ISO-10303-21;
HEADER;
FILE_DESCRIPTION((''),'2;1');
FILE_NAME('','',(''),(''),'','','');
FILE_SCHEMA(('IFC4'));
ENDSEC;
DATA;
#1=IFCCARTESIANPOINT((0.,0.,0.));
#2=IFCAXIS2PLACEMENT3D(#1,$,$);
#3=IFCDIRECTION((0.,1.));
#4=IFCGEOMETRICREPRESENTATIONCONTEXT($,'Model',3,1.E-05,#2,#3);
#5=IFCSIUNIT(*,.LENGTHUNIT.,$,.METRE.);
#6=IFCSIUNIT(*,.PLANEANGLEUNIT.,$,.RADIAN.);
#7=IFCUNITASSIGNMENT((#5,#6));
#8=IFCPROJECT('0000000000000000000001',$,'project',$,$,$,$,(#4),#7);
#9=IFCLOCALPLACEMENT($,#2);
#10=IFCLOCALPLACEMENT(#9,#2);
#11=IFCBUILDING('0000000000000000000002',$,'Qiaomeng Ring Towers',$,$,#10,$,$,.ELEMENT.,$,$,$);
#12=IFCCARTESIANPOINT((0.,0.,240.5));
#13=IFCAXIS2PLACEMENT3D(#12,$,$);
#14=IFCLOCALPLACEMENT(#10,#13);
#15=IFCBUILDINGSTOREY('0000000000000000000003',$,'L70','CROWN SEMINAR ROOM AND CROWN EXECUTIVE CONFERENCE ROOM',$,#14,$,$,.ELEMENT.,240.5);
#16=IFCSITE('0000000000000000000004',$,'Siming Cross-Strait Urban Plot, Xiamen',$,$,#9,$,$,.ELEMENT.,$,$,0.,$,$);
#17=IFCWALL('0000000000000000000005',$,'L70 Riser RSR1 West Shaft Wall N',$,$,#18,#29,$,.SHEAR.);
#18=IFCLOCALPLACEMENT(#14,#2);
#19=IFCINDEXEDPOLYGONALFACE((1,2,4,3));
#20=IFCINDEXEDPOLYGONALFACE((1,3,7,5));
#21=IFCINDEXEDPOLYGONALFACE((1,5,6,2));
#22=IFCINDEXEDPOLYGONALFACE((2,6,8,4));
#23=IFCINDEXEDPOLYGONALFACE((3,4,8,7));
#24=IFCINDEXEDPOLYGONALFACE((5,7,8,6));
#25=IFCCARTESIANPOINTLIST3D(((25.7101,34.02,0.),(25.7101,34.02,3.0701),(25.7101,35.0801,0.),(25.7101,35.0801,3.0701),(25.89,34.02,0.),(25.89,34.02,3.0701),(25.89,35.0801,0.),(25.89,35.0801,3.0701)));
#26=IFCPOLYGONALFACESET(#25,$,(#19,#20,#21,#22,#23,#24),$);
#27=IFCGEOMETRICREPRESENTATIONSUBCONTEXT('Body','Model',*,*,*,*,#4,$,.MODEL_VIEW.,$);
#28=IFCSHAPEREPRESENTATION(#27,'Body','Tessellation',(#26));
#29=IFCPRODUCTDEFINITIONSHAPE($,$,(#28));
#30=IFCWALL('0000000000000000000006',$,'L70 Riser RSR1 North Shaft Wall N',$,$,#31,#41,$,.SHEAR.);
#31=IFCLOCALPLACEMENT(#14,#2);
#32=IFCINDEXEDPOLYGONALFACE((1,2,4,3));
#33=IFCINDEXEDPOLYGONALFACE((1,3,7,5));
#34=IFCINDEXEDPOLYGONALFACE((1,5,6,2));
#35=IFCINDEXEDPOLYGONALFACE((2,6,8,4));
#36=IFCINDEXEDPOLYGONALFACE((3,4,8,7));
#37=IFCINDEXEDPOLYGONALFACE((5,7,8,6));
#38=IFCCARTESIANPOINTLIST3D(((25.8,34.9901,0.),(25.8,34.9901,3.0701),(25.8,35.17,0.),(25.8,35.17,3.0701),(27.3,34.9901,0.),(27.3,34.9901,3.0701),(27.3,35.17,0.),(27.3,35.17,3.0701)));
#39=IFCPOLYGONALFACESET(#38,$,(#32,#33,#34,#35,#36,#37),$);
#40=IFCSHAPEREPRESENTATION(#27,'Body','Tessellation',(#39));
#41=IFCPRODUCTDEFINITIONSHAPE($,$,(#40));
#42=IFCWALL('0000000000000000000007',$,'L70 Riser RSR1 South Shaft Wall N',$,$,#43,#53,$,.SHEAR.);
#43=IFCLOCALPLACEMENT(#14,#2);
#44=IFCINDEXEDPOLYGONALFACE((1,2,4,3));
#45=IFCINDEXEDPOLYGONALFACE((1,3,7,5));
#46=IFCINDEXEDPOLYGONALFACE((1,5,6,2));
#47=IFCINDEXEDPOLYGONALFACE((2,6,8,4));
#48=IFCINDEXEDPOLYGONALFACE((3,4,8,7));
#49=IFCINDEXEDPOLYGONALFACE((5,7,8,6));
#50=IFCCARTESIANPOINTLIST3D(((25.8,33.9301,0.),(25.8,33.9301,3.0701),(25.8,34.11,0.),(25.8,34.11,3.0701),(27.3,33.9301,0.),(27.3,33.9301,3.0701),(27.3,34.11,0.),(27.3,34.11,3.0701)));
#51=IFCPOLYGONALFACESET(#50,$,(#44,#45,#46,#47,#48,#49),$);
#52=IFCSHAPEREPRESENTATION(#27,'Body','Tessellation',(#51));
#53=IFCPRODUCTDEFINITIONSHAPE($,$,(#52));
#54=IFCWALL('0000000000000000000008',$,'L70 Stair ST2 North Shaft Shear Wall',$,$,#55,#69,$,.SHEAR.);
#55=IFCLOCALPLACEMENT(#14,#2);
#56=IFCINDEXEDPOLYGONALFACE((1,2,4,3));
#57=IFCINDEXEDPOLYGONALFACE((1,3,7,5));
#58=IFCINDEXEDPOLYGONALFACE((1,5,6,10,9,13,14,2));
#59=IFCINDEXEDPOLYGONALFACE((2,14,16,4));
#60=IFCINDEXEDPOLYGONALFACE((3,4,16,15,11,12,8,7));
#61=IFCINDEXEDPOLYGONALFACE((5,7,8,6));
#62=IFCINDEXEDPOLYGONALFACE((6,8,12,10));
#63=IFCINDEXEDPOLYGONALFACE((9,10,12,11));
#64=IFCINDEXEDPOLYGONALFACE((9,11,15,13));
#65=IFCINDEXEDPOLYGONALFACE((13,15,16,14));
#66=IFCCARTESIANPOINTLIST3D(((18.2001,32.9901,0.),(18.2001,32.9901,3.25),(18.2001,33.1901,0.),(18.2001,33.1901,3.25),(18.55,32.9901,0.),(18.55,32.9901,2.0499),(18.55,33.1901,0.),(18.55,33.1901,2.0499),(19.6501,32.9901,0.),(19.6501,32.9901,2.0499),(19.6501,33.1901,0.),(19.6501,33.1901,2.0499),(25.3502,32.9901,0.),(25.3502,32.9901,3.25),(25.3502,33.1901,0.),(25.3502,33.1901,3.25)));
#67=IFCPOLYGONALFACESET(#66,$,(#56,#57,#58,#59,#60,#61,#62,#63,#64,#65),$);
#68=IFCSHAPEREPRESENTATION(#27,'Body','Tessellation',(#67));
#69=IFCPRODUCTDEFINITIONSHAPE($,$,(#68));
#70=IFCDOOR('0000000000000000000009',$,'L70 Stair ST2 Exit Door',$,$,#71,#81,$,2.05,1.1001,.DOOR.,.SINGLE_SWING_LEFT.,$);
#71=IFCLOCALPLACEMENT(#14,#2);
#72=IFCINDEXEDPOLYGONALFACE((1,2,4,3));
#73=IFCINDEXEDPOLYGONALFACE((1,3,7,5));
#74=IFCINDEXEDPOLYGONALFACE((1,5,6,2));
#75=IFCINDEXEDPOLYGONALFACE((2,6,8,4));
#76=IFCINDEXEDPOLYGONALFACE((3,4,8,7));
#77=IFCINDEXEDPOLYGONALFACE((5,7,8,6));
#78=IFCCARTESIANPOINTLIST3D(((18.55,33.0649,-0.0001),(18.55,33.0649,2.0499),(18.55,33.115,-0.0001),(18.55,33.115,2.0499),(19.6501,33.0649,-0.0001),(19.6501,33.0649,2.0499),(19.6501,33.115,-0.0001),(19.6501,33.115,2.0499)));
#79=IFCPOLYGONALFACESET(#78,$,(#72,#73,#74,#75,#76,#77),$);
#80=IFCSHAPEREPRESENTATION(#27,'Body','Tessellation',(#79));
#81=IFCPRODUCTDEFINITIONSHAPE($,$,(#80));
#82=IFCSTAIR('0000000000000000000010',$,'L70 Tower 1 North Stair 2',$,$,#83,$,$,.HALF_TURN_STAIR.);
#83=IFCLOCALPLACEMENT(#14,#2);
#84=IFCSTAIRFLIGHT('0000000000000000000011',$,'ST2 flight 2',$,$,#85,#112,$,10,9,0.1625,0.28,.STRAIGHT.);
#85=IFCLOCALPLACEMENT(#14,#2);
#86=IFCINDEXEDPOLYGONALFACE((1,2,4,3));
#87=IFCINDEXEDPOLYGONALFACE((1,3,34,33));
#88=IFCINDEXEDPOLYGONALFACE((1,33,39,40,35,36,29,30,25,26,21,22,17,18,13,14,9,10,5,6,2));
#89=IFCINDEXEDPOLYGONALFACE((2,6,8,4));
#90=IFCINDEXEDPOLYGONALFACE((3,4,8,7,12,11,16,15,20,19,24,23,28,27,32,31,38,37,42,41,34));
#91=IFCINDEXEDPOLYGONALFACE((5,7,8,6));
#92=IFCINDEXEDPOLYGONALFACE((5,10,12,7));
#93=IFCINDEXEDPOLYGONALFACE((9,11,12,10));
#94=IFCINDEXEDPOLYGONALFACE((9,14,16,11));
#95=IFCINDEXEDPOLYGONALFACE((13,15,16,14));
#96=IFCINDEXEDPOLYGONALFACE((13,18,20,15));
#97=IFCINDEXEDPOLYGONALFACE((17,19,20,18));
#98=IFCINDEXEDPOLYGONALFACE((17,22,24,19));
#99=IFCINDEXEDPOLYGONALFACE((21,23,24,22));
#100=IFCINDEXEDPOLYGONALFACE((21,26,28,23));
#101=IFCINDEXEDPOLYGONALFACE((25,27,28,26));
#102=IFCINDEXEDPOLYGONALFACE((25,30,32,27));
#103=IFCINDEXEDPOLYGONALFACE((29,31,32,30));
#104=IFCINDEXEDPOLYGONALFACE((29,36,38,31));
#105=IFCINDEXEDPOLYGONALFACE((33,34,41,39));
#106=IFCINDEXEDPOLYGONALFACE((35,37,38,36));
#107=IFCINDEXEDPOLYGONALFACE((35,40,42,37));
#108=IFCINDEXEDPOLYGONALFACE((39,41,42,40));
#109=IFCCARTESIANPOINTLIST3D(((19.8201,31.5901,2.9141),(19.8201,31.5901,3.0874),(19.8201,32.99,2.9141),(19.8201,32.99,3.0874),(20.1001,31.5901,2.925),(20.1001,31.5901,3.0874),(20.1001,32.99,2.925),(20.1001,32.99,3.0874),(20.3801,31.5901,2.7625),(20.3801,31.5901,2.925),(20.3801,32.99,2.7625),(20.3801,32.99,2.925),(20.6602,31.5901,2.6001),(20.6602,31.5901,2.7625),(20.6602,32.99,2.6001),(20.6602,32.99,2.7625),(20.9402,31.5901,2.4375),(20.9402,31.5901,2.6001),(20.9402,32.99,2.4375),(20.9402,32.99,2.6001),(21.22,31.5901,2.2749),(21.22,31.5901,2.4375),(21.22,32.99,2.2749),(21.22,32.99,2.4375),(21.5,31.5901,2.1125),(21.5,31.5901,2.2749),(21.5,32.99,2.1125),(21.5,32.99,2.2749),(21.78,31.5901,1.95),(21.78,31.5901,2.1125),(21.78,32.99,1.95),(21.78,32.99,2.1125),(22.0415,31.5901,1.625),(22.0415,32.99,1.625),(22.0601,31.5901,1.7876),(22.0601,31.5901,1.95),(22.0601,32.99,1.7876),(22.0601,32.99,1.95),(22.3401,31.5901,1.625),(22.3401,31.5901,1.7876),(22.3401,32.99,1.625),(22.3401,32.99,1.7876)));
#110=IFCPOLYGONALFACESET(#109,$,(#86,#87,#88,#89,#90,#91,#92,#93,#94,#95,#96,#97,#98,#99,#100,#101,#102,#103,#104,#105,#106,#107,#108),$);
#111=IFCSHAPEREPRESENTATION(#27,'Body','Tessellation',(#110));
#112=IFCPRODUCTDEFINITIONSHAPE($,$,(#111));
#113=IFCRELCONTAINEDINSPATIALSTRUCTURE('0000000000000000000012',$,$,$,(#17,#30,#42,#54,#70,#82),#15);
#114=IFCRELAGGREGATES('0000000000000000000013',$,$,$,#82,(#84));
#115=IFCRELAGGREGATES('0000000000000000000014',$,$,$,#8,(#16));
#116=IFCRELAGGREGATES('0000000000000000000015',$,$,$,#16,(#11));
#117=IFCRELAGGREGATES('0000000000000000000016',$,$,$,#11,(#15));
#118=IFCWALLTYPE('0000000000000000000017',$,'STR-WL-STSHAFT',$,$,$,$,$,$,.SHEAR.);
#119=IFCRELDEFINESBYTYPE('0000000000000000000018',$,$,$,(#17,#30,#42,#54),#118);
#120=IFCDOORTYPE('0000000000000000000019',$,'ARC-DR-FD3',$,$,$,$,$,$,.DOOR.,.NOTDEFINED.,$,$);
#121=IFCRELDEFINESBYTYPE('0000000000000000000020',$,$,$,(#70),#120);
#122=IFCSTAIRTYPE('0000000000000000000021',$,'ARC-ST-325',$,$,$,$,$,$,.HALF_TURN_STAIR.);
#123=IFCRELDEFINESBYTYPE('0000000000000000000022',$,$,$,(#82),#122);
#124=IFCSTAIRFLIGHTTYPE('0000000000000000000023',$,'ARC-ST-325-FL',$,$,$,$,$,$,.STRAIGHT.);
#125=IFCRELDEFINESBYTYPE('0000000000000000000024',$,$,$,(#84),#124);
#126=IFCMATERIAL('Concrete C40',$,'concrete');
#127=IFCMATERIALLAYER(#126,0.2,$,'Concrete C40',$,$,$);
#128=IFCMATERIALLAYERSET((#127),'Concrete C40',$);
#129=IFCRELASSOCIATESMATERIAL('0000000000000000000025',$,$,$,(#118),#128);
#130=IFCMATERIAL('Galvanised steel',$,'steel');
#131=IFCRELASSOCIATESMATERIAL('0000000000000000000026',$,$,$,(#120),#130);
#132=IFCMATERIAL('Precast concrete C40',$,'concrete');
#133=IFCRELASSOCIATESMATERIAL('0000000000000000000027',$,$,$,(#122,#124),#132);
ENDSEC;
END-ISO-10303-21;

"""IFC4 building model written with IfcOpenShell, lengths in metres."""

from ifc_helpers import new_model, si_unit, direction, frame, frame_2d, origin, place, context, subcontext, project, spatial, polyline, rectangle, outline, extrude, source, transform, mapped, material, layer, layer_set, type_object, element, fill, aggregate, save


model = new_model("IFC4")

# Units and contexts
model_context = context("Model", 3, precision=1e-05, world=origin(), true_north=direction((0.0, 1.0)))
body_context = subcontext(model_context, "Body", "Model", "MODEL_VIEW")
ifc_project = project(units=[si_unit("LENGTHUNIT", "METRE"), si_unit("PLANEANGLEUNIT", "RADIAN")], contexts=[model_context])

# Site, building, storey
site_placement = place(None, origin())
site = spatial("IfcSite", under=ifc_project, at=site_placement, Name="Siming Cross-Strait Urban Plot, Xiamen", CompositionType="ELEMENT", RefElevation=0.0)
building_placement = place(site_placement, origin())
building = spatial("IfcBuilding", under=site, at=building_placement, Name="Qiaomeng Ring Towers", CompositionType="ELEMENT")
storey_placement = place(building_placement, frame((0.0, 0.0, 240.5)))
storey = spatial("IfcBuildingStorey", under=building, at=storey_placement, Name="L70", Description="CROWN SEMINAR ROOM AND CROWN EXECUTIVE CONFERENCE ROOM", CompositionType="ELEMENT", Elevation=240.5)

# Shared definitions
ifc_material_1 = material(Name="Concrete C40", Category="concrete")

# Walls
ifc_layer_1 = layer(ifc_material_1, 0.2, Name="Concrete C40")
ifc_layer_set_1 = layer_set([ifc_layer_1], Name="Concrete C40")
wall_type_1 = type_object("IfcWallType", Name="STR-WL-STSHAFT", PredefinedType="SHEAR", material=ifc_layer_set_1)
wall_1_placement = place(storey_placement, frame((25.8, 34.02, 0.0), z_axis=(0.0, 0.0, 1.0), x_axis=(0.0, 1.0, 0.0)))
element("IfcWall", 1, at=wall_1_placement, inside=storey, type_object=wall_type_1, Name="L70 Riser RSR1 West Shaft Wall N", PredefinedType="SHEAR", context=body_context, shape_type="SweptSolid", body=[
    extrude(rectangle(XDim=1.0601, YDim=0.1799, at=frame_2d((0.53, 0.0))), origin(), (0.0, 0.0, 1.0), 3.0701),
])
for number, where, z_axis, x_axis, name in (
    (2, (25.8, 35.0801, 0.0), (0.0, 0.0, 1.0), (1.0, 0.0, 0.0), "L70 Riser RSR1 North Shaft Wall N"),
    (3, (25.8, 34.02, 0.0), (0.0, 0.0, 1.0), (1.0, 0.0, 0.0), "L70 Riser RSR1 South Shaft Wall N"),
):
    element("IfcWall", number, at=place(storey_placement, frame(where, z_axis=z_axis, x_axis=x_axis)), inside=storey, type_object=wall_type_1, Name=name, PredefinedType="SHEAR", context=body_context, shape_type="SweptSolid", body=[
        extrude(rectangle(XDim=1.5, YDim=0.1799, at=frame_2d((0.75, 0.0))), origin(), (0.0, 0.0, 1.0), 3.0701),
    ])

# Wall, opening, door
wall_2_placement = place(storey_placement, frame((18.2, 33.0901, 0.0), z_axis=(0.0, 0.0, 1.0), x_axis=(1.0, 0.0, 0.0)))
wall_2 = element("IfcWall", 4, at=wall_2_placement, inside=storey, type_object=wall_type_1, Name="L70 Stair ST2 North Shaft Shear Wall", PredefinedType="SHEAR", context=body_context, shape_type="SweptSolid", body=[
    extrude(rectangle(XDim=7.1501, YDim=0.2, at=frame_2d((3.5752, 0.0))), origin(), (0.0, 0.0, 1.0), 3.25),
])
opening_placement = place(wall_2_placement, frame((0.3501, 0.0, 0.0)))
opening = element("IfcOpeningElement", 5, at=opening_placement, cuts=wall_2, PredefinedType="OPENING", context=body_context, shape_type="SweptSolid", body=[
    extrude(rectangle(XDim=1.1001, YDim=2.05, at=frame_2d((0.55, 1.0249))), frame((0.0, 0.1099, 0.0), z_axis=(0.0, -1.0, 0.0), x_axis=(1.0, 0.0, 0.0)), (0.0, 0.0, 1.0), 0.22),
])
ifc_material_2 = material(Name="Galvanised steel", Category="steel")
door_type = type_object("IfcDoorType", Name="ARC-DR-FD3", OperationType="NOTDEFINED", PredefinedType="DOOR", material=ifc_material_2)
shared_shape_1 = source(origin(), body_context, "Body", "SweptSolid", [
    extrude(rectangle(XDim=1.1001, YDim=2.05, at=frame_2d((0.55, 1.0249))), frame((0.0, 0.0249, 0.0), z_axis=(0.0, -1.0, 0.0), x_axis=(1.0, 0.0, 0.0)), (0.0, 0.0, 1.0), 0.05),
])
door_placement = place(opening_placement, origin())
door = element("IfcDoor", 6, at=door_placement, inside=storey, type_object=door_type, Name="L70 Stair ST2 Exit Door", OperationType="SINGLE_SWING_LEFT", OverallHeight=2.05, OverallWidth=1.1001, PredefinedType="DOOR", context=body_context, shape_type="MappedRepresentation", body=[
    mapped(shared_shape_1, transform((0.0, 0.0, 0.0), x_axis=(1.0, 0.0, 0.0), y_axis=(0.0, 1.0, 0.0), z_axis=(0.0, 0.0, 1.0), scale=1.0)),
])
fill(opening, door)

# Stair, stair flight
ifc_material_3 = material(Name="Precast concrete C40", Category="concrete")
stair_type = type_object("IfcStairType", Name="ARC-ST-325", PredefinedType="HALF_TURN_STAIR", material=ifc_material_3)
stair_placement = place(storey_placement, origin())
stair = element("IfcStair", 7, at=stair_placement, inside=storey, type_object=stair_type, Name="L70 Tower 1 North Stair 2", PredefinedType="HALF_TURN_STAIR")
stair_flight_type = type_object("IfcStairFlightType", Name="ARC-ST-325-FL", PredefinedType="STRAIGHT", material=ifc_material_3)
shared_shape_2 = source(origin(), body_context, "Body", "SweptSolid", [
    extrude(outline(polyline([(0.0, 0.0), (0.0, 0.1626), (0.28, 0.1626), (0.28, 0.325), (0.5601, 0.325), (0.5601, 0.4875), (0.8401, 0.4875), (0.8401, 0.6499), (1.1201, 0.6499), (1.1201, 0.8125), (1.3999, 0.8125), (1.3999, 0.9751), (1.6799, 0.9751), (1.6799, 1.1375), (1.96, 1.1375), (1.96, 1.3), (2.24, 1.3), (2.24, 1.4624), (2.52, 1.4624), (2.52, 1.625), (2.52, 1.2891), (0.2986, 0.0), (0.0, 0.0)])), frame((0.0, 0.7, 0.0), z_axis=(0.0, -1.0, 0.0), x_axis=(1.0, 0.0, 0.0)), (0.0, 0.0, 1.0), 1.3999),
])
stair_flight_placement = place(storey_placement, frame((22.3401, 32.29, 1.625), z_axis=(0.0, 0.0, 1.0), x_axis=(-1.0, 0.0, 0.0)))
stair_flight = element("IfcStairFlight", 8, at=stair_flight_placement, type_object=stair_flight_type, Name="ST2 flight 2", NumberOfRisers=10, NumberOfTreads=9, PredefinedType="STRAIGHT", RiserHeight=0.1625, TreadLength=0.28, context=body_context, shape_type="MappedRepresentation", body=[
    mapped(shared_shape_2, transform((0.0, 0.0, 0.0), x_axis=(1.0, 0.0, 0.0), y_axis=(0.0, 1.0, 0.0), z_axis=(0.0, 0.0, 1.0), scale=1.0)),
])
aggregate(stair, [stair_flight])

save(model, "model.ifc")
